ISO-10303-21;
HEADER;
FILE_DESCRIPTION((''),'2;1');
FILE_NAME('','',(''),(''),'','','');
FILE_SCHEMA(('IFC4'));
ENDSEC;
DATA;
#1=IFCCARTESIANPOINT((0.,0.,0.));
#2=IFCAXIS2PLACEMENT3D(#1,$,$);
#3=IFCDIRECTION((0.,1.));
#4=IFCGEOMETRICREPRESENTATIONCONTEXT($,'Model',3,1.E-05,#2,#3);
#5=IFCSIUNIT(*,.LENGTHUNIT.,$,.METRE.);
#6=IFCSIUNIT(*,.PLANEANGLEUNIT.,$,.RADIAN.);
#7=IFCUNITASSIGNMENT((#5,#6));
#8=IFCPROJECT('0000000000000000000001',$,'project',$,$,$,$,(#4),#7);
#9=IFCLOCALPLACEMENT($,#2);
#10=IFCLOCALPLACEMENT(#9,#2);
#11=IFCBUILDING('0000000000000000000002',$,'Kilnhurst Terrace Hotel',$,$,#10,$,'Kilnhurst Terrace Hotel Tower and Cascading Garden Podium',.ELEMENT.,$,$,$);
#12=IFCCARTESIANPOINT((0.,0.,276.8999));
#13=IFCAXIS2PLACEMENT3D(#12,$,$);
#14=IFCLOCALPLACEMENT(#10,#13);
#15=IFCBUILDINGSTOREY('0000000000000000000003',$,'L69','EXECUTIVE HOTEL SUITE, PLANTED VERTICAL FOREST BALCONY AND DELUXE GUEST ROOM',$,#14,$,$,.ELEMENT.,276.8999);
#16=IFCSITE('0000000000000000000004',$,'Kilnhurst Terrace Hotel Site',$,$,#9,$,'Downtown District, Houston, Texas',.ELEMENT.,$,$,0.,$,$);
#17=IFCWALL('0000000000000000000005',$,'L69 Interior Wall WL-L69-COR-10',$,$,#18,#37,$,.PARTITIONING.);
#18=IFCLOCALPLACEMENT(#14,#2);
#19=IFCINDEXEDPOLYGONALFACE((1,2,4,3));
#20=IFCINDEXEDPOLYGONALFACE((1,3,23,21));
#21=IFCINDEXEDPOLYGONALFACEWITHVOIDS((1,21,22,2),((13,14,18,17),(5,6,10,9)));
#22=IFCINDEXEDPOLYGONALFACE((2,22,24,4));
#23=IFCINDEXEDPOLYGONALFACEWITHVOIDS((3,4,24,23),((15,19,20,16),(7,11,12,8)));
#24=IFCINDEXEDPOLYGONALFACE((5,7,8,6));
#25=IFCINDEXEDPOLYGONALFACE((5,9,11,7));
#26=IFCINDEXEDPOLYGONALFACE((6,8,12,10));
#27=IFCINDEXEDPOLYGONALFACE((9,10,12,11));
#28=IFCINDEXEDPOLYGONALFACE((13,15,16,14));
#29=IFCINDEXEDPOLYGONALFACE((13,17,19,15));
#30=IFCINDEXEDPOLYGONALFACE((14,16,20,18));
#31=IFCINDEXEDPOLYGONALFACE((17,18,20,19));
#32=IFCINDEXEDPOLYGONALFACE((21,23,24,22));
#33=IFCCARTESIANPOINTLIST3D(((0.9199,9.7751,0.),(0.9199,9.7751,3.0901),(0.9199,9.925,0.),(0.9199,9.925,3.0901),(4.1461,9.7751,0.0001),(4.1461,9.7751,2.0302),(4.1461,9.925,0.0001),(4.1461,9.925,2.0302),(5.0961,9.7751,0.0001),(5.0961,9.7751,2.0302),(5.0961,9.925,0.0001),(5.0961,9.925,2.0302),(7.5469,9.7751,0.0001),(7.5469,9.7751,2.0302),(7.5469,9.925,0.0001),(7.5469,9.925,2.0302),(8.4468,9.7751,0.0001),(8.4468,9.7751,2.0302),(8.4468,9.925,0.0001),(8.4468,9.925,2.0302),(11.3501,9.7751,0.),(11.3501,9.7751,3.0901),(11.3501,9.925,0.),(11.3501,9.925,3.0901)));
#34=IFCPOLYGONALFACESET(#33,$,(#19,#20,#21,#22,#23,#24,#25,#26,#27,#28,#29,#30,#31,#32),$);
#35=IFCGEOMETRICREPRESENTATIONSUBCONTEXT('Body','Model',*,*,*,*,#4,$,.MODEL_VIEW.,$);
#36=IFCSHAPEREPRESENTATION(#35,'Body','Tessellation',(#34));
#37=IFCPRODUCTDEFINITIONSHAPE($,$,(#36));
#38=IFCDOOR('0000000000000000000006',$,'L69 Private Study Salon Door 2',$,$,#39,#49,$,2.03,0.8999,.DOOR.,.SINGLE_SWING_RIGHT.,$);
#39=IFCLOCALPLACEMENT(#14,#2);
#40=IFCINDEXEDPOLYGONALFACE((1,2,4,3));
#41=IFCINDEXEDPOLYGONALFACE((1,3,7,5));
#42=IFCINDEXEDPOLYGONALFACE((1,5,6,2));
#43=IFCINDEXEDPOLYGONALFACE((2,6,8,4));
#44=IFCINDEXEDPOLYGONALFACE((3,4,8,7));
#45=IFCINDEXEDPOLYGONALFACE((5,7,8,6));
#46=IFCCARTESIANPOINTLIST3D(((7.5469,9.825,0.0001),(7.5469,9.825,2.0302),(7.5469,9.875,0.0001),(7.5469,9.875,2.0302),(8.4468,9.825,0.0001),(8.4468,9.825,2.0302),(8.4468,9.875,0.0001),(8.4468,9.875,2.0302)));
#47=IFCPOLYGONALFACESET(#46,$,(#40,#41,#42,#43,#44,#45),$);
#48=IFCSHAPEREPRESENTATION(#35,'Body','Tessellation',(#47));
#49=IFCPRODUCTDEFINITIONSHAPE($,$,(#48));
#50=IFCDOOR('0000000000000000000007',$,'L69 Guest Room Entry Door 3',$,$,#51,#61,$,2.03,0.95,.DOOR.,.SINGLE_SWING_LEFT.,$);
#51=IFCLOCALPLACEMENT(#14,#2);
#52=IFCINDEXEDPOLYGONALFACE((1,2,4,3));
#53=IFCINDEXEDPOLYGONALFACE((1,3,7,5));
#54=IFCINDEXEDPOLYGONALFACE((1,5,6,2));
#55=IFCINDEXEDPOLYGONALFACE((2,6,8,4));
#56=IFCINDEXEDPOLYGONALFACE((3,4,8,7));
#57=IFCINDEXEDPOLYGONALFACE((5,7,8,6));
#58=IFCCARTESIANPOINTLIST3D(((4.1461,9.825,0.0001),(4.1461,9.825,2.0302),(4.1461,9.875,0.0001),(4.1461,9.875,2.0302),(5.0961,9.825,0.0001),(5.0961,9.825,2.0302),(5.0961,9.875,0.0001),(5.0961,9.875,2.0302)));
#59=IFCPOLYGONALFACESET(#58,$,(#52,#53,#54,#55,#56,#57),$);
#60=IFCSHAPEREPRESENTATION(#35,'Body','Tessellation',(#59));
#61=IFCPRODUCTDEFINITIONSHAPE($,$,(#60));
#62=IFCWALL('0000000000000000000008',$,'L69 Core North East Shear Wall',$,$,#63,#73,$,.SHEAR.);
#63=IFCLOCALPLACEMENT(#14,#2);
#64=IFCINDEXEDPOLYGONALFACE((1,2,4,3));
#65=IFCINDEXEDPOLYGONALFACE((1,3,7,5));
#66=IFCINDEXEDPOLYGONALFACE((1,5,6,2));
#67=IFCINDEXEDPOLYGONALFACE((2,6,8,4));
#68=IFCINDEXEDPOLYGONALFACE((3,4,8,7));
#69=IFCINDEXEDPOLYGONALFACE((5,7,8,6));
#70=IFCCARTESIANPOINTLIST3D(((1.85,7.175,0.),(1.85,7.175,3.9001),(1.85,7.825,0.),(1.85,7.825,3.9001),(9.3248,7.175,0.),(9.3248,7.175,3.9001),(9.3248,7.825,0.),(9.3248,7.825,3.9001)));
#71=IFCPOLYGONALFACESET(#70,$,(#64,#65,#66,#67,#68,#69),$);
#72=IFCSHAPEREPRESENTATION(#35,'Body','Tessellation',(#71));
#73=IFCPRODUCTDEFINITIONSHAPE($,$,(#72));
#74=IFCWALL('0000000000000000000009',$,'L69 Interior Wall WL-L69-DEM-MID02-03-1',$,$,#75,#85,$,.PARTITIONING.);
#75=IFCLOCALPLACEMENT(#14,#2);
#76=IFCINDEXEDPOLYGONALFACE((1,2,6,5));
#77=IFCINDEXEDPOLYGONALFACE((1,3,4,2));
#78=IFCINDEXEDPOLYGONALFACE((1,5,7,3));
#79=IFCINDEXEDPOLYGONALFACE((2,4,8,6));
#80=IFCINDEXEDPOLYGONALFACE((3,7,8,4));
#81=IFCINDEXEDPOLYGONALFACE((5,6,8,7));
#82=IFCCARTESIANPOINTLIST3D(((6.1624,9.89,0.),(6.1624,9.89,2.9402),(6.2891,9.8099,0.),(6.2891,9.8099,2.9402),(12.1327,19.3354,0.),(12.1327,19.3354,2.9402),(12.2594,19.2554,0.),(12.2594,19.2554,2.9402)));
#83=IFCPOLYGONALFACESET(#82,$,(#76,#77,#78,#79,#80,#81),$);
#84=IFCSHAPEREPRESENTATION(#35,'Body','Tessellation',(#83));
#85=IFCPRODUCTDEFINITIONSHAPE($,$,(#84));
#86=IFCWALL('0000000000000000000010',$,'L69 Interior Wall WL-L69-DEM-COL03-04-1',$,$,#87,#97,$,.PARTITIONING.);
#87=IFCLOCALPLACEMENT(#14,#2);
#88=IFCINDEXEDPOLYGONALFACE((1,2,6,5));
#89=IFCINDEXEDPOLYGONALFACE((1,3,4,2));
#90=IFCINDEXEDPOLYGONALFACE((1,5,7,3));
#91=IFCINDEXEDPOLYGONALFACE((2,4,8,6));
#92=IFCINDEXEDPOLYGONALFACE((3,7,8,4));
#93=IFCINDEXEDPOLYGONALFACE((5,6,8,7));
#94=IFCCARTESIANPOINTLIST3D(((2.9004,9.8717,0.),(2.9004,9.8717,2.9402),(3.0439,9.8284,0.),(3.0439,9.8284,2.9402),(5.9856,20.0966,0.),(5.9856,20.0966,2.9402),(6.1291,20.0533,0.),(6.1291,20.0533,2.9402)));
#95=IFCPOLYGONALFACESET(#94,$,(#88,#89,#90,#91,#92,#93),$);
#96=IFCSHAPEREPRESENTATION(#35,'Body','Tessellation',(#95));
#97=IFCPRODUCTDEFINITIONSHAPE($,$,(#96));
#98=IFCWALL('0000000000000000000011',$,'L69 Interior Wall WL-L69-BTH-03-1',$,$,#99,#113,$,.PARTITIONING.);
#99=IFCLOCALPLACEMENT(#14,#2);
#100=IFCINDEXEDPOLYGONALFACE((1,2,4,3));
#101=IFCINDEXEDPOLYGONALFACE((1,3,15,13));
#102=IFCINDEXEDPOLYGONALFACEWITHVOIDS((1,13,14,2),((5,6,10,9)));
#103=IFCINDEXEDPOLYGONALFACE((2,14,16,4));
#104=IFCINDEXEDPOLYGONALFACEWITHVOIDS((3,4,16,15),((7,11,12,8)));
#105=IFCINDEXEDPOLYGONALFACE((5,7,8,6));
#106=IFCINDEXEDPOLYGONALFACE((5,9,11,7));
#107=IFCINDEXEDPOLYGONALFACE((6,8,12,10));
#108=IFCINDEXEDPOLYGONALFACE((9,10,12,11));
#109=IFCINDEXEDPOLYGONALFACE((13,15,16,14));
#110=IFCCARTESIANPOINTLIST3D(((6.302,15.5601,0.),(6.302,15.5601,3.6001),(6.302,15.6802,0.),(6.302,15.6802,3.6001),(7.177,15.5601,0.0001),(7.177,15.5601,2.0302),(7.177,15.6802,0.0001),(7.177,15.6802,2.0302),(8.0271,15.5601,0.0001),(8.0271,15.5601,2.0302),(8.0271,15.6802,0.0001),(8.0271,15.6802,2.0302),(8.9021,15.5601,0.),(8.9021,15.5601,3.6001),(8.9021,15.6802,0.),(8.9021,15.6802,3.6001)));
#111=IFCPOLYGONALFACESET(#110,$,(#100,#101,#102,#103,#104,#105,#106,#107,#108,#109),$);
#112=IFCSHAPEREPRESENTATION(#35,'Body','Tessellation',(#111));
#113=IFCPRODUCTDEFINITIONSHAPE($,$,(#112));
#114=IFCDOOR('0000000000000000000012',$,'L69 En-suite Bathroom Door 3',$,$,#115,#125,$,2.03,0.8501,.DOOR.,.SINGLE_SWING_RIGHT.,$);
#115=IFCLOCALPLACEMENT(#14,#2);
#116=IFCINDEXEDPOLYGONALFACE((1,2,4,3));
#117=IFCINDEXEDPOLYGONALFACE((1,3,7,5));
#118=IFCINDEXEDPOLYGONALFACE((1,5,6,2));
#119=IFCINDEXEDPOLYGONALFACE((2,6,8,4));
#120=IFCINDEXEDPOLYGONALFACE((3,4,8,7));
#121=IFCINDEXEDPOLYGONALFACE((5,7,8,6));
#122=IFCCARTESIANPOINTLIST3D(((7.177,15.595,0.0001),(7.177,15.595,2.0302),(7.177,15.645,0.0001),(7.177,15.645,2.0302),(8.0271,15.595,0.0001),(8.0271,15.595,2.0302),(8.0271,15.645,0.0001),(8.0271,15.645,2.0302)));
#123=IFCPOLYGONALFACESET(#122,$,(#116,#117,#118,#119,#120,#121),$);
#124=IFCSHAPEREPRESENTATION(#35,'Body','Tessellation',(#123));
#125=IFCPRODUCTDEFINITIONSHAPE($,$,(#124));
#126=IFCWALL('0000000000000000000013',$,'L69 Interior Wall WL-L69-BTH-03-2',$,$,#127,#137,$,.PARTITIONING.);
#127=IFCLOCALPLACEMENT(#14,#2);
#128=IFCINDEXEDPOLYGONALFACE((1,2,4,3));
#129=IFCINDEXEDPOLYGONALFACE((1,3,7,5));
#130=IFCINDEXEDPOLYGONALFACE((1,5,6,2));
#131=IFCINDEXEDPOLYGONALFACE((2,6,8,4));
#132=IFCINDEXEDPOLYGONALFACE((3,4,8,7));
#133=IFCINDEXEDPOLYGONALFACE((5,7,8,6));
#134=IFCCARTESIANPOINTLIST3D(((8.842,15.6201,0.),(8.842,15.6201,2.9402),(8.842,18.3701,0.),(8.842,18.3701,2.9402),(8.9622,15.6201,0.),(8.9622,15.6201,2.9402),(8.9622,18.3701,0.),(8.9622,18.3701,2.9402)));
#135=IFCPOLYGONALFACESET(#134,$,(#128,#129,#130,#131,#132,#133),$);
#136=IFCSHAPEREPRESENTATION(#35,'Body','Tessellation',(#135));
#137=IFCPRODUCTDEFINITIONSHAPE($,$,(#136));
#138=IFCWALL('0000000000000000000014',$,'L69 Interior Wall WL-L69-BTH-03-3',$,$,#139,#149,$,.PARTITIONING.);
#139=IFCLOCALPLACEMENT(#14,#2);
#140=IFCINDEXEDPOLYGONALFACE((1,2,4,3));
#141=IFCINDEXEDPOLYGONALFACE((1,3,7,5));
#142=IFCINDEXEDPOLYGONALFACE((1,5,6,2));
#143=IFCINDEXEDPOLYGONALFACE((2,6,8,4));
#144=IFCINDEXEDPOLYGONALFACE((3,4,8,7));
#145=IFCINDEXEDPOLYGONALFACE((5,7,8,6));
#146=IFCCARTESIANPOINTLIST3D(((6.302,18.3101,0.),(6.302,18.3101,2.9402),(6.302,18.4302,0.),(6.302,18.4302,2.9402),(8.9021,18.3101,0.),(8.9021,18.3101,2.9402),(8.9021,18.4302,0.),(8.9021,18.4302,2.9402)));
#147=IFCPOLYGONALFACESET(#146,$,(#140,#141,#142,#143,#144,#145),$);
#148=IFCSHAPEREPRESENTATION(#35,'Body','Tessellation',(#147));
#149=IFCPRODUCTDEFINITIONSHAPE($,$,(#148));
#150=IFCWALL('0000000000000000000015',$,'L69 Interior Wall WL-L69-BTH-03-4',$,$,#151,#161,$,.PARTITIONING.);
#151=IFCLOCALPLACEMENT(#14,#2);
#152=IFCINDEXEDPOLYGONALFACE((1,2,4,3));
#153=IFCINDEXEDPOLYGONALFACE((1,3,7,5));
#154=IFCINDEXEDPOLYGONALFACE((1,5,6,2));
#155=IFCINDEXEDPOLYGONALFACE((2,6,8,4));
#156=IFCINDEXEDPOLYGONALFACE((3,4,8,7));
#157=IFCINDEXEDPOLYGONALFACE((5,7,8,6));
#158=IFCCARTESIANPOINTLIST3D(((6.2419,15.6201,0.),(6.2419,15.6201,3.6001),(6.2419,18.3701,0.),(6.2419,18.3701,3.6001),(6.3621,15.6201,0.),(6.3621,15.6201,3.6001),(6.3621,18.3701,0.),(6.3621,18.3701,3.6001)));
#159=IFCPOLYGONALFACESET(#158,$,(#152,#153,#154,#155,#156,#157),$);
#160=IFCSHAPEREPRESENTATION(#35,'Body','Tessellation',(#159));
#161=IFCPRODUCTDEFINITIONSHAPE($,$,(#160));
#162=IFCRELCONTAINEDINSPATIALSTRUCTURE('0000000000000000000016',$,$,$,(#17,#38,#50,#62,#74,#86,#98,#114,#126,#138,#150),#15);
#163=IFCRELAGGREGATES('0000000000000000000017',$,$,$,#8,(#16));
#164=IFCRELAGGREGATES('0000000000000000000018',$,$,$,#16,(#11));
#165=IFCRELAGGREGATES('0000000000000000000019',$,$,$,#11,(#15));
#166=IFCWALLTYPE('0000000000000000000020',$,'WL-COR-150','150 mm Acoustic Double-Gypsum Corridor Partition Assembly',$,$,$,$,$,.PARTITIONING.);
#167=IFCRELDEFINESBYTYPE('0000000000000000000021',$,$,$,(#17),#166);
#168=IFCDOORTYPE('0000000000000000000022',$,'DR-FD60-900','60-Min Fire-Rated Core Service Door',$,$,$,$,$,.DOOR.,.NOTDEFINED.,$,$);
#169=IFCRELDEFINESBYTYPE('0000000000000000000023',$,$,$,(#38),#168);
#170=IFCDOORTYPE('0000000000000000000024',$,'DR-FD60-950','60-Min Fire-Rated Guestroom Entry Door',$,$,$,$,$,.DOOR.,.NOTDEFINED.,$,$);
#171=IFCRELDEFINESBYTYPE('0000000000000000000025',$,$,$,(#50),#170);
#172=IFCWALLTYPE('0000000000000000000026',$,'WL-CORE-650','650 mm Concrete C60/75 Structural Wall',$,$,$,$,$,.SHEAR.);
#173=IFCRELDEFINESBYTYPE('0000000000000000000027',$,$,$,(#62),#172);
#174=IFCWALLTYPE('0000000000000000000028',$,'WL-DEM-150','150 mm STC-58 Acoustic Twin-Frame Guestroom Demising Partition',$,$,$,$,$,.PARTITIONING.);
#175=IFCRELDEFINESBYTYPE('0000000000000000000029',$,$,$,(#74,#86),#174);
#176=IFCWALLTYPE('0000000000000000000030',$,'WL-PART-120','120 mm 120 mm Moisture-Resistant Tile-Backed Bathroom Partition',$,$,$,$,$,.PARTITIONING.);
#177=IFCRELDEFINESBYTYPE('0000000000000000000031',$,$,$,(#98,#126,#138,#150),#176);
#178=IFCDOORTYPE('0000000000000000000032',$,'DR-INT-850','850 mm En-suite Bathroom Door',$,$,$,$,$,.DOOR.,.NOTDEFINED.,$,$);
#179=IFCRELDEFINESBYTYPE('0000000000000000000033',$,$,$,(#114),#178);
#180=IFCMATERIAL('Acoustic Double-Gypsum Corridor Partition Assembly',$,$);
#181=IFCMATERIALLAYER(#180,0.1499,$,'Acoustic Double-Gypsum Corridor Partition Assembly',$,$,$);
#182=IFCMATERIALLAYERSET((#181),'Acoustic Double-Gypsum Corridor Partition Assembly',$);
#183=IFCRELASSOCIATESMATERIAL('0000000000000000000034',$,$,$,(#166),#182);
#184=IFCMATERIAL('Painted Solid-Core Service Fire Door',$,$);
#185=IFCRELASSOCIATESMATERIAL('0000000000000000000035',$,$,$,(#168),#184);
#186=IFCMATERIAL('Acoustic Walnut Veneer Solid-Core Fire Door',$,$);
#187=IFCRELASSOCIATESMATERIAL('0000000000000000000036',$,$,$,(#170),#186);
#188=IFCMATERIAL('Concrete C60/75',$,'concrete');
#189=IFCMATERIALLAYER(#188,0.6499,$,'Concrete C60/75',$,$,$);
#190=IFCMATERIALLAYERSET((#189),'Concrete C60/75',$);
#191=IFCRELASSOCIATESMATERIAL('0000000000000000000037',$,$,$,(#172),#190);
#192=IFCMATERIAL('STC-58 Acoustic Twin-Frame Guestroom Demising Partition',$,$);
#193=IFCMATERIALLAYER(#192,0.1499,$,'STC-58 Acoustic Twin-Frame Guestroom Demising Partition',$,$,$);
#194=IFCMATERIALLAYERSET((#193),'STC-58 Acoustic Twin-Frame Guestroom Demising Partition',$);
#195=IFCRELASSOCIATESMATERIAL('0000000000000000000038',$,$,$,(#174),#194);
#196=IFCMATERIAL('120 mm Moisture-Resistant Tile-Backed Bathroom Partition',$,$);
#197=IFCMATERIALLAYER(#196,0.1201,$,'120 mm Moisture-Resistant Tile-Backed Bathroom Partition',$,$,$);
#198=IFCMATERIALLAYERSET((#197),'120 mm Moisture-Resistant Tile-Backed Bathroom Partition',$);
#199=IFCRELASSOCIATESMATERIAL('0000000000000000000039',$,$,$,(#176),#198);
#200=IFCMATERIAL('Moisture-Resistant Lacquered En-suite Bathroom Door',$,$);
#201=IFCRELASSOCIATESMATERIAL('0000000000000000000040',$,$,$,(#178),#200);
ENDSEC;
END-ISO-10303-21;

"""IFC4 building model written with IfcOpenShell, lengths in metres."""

from ifc_helpers import new_model, si_unit, direction, frame, frame_2d, origin, place, context, subcontext, project, spatial, rectangle, extrude, material, layer, layer_set, type_object, element, fill, save


model = new_model("IFC4")

# Units and contexts
model_context = context("Model", 3, precision=1e-05, world=origin(), true_north=direction((0.0, 1.0)))
body_context = subcontext(model_context, "Body", "Model", "MODEL_VIEW")
ifc_project = project(units=[si_unit("LENGTHUNIT", "METRE"), si_unit("PLANEANGLEUNIT", "RADIAN")], contexts=[model_context])

# Site, building, storey
site_placement = place(None, origin())
site = spatial("IfcSite", under=ifc_project, at=site_placement, Name="Kilnhurst Terrace Hotel Site", LongName="Downtown District, Houston, Texas", CompositionType="ELEMENT", RefElevation=0.0)
building_placement = place(site_placement, origin())
building = spatial("IfcBuilding", under=site, at=building_placement, Name="Kilnhurst Terrace Hotel", LongName="Kilnhurst Terrace Hotel Tower and Cascading Garden Podium", CompositionType="ELEMENT")
storey_placement = place(building_placement, frame((0.0, 0.0, 276.8999)))
storey = spatial("IfcBuildingStorey", under=building, at=storey_placement, Name="L69", Description="EXECUTIVE HOTEL SUITE, PLANTED VERTICAL FOREST BALCONY AND DELUXE GUEST ROOM", CompositionType="ELEMENT", Elevation=276.8999)

# Shared definitions
ifc_material_1 = material(Name="Concrete C60/75", Category="concrete")

# Shared definitions
ifc_material_2 = material(Name="Acoustic Double-Gypsum Corridor Partition Assembly")
ifc_layer_1 = layer(ifc_material_2, 0.1499, Name="Acoustic Double-Gypsum Corridor Partition Assembly")
ifc_layer_set_1 = layer_set([ifc_layer_1], Name="Acoustic Double-Gypsum Corridor Partition Assembly")
wall_type_1 = type_object("IfcWallType", Name="WL-COR-150", Description="150 mm Acoustic Double-Gypsum Corridor Partition Assembly", PredefinedType="PARTITIONING", material=ifc_layer_set_1)

# Wall, openings, doors
wall_1_placement = place(storey_placement, frame((0.9199, 9.8501, 0.0), z_axis=(0.0, 0.0, 1.0), x_axis=(1.0, 0.0, 0.0)))
wall_1 = element("IfcWall", 1, at=wall_1_placement, inside=storey, type_object=wall_type_1, Name="L69 Interior Wall WL-L69-COR-10", PredefinedType="PARTITIONING", context=body_context, shape_type="SweptSolid", body=[
    extrude(rectangle(XDim=10.4302, YDim=0.1499, at=frame_2d((5.2151, 0.0))), origin(), (0.0, 0.0, 1.0), 3.0901),
])
opening_1_placement = place(wall_1_placement, frame((6.627, 0.0, 0.0)))
opening_1 = element("IfcOpeningElement", 2, at=opening_1_placement, cuts=wall_1, PredefinedType="OPENING", context=body_context, shape_type="SweptSolid", body=[
    extrude(rectangle(XDim=0.8999, YDim=2.03, at=frame_2d((0.45, 1.0151))), frame((0.0, 0.085, 0.0), z_axis=(0.0, -1.0, 0.0), x_axis=(1.0, 0.0, 0.0)), (0.0, 0.0, 1.0), 0.1699),
])
opening_2_placement = place(wall_1_placement, frame((3.2261, 0.0, 0.0)))
opening_2 = element("IfcOpeningElement", 3, at=opening_2_placement, cuts=wall_1, PredefinedType="OPENING", context=body_context, shape_type="SweptSolid", body=[
    extrude(rectangle(XDim=0.95, YDim=2.03, at=frame_2d((0.4751, 1.0151))), frame((0.0, 0.085, 0.0), z_axis=(0.0, -1.0, 0.0), x_axis=(1.0, 0.0, 0.0)), (0.0, 0.0, 1.0), 0.1699),
])
ifc_material_3 = material(Name="Painted Solid-Core Service Fire Door")
door_type_1 = type_object("IfcDoorType", Name="DR-FD60-900", Description="60-Min Fire-Rated Core Service Door", OperationType="NOTDEFINED", PredefinedType="DOOR", material=ifc_material_3)
door_1_placement = place(opening_1_placement, origin())
door_1 = element("IfcDoor", 4, at=door_1_placement, inside=storey, type_object=door_type_1, Name="L69 Private Study Salon Door 2", OperationType="SINGLE_SWING_RIGHT", OverallHeight=2.03, OverallWidth=0.8999, PredefinedType="DOOR", context=body_context, shape_type="SweptSolid", body=[
    extrude(rectangle(XDim=0.8999, YDim=2.03, at=frame_2d((0.45, 1.0151))), frame((0.0, 0.0249, 0.0), z_axis=(0.0, -1.0, 0.0), x_axis=(1.0, 0.0, 0.0)), (0.0, 0.0, 1.0), 0.05),
])
fill(opening_1, door_1)
ifc_material_4 = material(Name="Acoustic Walnut Veneer Solid-Core Fire Door")
door_type_2 = type_object("IfcDoorType", Name="DR-FD60-950", Description="60-Min Fire-Rated Guestroom Entry Door", OperationType="NOTDEFINED", PredefinedType="DOOR", material=ifc_material_4)
door_2_placement = place(opening_2_placement, origin())
door_2 = element("IfcDoor", 5, at=door_2_placement, inside=storey, type_object=door_type_2, Name="L69 Guest Room Entry Door 3", OperationType="SINGLE_SWING_LEFT", OverallHeight=2.03, OverallWidth=0.95, PredefinedType="DOOR", context=body_context, shape_type="SweptSolid", body=[
    extrude(rectangle(XDim=0.95, YDim=2.03, at=frame_2d((0.4751, 1.0151))), frame((0.0, 0.0249, 0.0), z_axis=(0.0, -1.0, 0.0), x_axis=(1.0, 0.0, 0.0)), (0.0, 0.0, 1.0), 0.05),
])
fill(opening_2, door_2)

# Walls
ifc_layer_2 = layer(ifc_material_1, 0.6499, Name="Concrete C60/75")
ifc_layer_set_2 = layer_set([ifc_layer_2], Name="Concrete C60/75")
wall_type_2 = type_object("IfcWallType", Name="WL-CORE-650", Description="650 mm Concrete C60/75 Structural Wall", PredefinedType="SHEAR", material=ifc_layer_set_2)
wall_2_placement = place(storey_placement, frame((1.8501, 7.5, 0.0), z_axis=(0.0, 0.0, 1.0), x_axis=(1.0, 0.0, 0.0)))
element("IfcWall", 6, at=wall_2_placement, inside=storey, type_object=wall_type_2, Name="L69 Core North East Shear Wall", PredefinedType="SHEAR", context=body_context, shape_type="SweptSolid", body=[
    extrude(rectangle(XDim=7.4749, YDim=0.6499, at=frame_2d((3.7373, 0.0))), origin(), (0.0, 0.0, 1.0), 3.9001),
])
ifc_material_5 = material(Name="STC-58 Acoustic Twin-Frame Guestroom Demising Partition")
ifc_layer_3 = layer(ifc_material_5, 0.1499, Name="STC-58 Acoustic Twin-Frame Guestroom Demising Partition")
ifc_layer_set_3 = layer_set([ifc_layer_3], Name="STC-58 Acoustic Twin-Frame Guestroom Demising Partition")
wall_type_3 = type_object("IfcWallType", Name="WL-DEM-150", Description="150 mm STC-58 Acoustic Twin-Frame Guestroom Demising Partition", PredefinedType="PARTITIONING", material=ifc_layer_set_3)
wall_3_placement = place(storey_placement, frame((6.2258, 9.8501, 0.0), z_axis=(0.0, 0.0, 1.0), x_axis=(0.534297, 0.845297, 0.0)))
element("IfcWall", 7, at=wall_3_placement, inside=storey, type_object=wall_type_3, Name="L69 Interior Wall WL-L69-DEM-MID02-03-1", PredefinedType="PARTITIONING", context=body_context, shape_type="SweptSolid", body=[
    extrude(rectangle(XDim=11.1741, YDim=0.1499, at=frame_2d((5.5869, 0.0))), origin(), (0.0, 0.0, 1.0), 2.9402),
])
wall_4_placement = place(storey_placement, frame((2.9722, 9.8501, 0.0), z_axis=(0.0, 0.0, 1.0), x_axis=(0.288872, 0.957368, 0.0)))
element("IfcWall", 8, at=wall_4_placement, inside=storey, type_object=wall_type_3, Name="L69 Interior Wall WL-L69-DEM-COL03-04-1", PredefinedType="PARTITIONING", context=body_context, shape_type="SweptSolid", body=[
    extrude(rectangle(XDim=10.6802, YDim=0.1499, at=frame_2d((5.3401, 0.0))), origin(), (0.0, 0.0, 1.0), 2.9402),
])

# Wall, opening, door
ifc_material_6 = material(Name="120 mm Moisture-Resistant Tile-Backed Bathroom Partition")
ifc_layer_4 = layer(ifc_material_6, 0.1201, Name="120 mm Moisture-Resistant Tile-Backed Bathroom Partition")
ifc_layer_set_4 = layer_set([ifc_layer_4], Name="120 mm Moisture-Resistant Tile-Backed Bathroom Partition")
wall_type_4 = type_object("IfcWallType", Name="WL-PART-120", Description="120 mm 120 mm Moisture-Resistant Tile-Backed Bathroom Partition", PredefinedType="PARTITIONING", material=ifc_layer_set_4)
wall_5_placement = place(storey_placement, frame((6.302, 15.6201, 0.0), z_axis=(0.0, 0.0, 1.0), x_axis=(1.0, 0.0, 0.0)))
wall_5 = element("IfcWall", 9, at=wall_5_placement, inside=storey, type_object=wall_type_4, Name="L69 Interior Wall WL-L69-BTH-03-1", PredefinedType="PARTITIONING", context=body_context, shape_type="SweptSolid", body=[
    extrude(rectangle(XDim=2.6001, YDim=0.1201, at=frame_2d((1.3, 0.0))), origin(), (0.0, 0.0, 1.0), 3.6001),
])
opening_3_placement = place(wall_5_placement, frame((0.875, 0.0, 0.0)))
opening_3 = element("IfcOpeningElement", 10, at=opening_3_placement, cuts=wall_5, PredefinedType="OPENING", context=body_context, shape_type="SweptSolid", body=[
    extrude(rectangle(XDim=0.8501, YDim=2.03, at=frame_2d((0.425, 1.0151))), frame((0.0, 0.0701, 0.0), z_axis=(0.0, -1.0, 0.0), x_axis=(1.0, 0.0, 0.0)), (0.0, 0.0, 1.0), 0.1401),
])
ifc_material_7 = material(Name="Moisture-Resistant Lacquered En-suite Bathroom Door")
door_type_3 = type_object("IfcDoorType", Name="DR-INT-850", Description="850 mm En-suite Bathroom Door", OperationType="NOTDEFINED", PredefinedType="DOOR", material=ifc_material_7)
door_3_placement = place(opening_3_placement, origin())
door_3 = element("IfcDoor", 11, at=door_3_placement, inside=storey, type_object=door_type_3, Name="L69 En-suite Bathroom Door 3", OperationType="SINGLE_SWING_RIGHT", OverallHeight=2.03, OverallWidth=0.8501, PredefinedType="DOOR", context=body_context, shape_type="SweptSolid", body=[
    extrude(rectangle(XDim=0.8501, YDim=2.03, at=frame_2d((0.425, 1.0151))), frame((0.0, 0.0249, 0.0), z_axis=(0.0, -1.0, 0.0), x_axis=(1.0, 0.0, 0.0)), (0.0, 0.0, 1.0), 0.05),
])
fill(opening_3, door_3)

# Walls
wall_6_placement = place(storey_placement, frame((8.9021, 15.6201, 0.0), z_axis=(0.0, 0.0, 1.0), x_axis=(0.0, 1.0, 0.0)))
element("IfcWall", 12, at=wall_6_placement, inside=storey, type_object=wall_type_4, Name="L69 Interior Wall WL-L69-BTH-03-2", PredefinedType="PARTITIONING", context=body_context, shape_type="SweptSolid", body=[
    extrude(rectangle(XDim=2.75, YDim=0.1201, at=frame_2d((1.375, 0.0))), origin(), (0.0, 0.0, 1.0), 2.9402),
])
wall_7_placement = place(storey_placement, frame((8.9021, 18.3701, 0.0), z_axis=(0.0, 0.0, 1.0), x_axis=(-1.0, 0.0, 0.0)))
element("IfcWall", 13, at=wall_7_placement, inside=storey, type_object=wall_type_4, Name="L69 Interior Wall WL-L69-BTH-03-3", PredefinedType="PARTITIONING", context=body_context, shape_type="SweptSolid", body=[
    extrude(rectangle(XDim=2.6001, YDim=0.1201, at=frame_2d((1.3, 0.0))), origin(), (0.0, 0.0, 1.0), 2.9402),
])
wall_8_placement = place(storey_placement, frame((6.302, 18.3701, 0.0), z_axis=(0.0, 0.0, 1.0), x_axis=(0.0, -1.0, 0.0)))
element("IfcWall", 14, at=wall_8_placement, inside=storey, type_object=wall_type_4, Name="L69 Interior Wall WL-L69-BTH-03-4", PredefinedType="PARTITIONING", context=body_context, shape_type="SweptSolid", body=[
    extrude(rectangle(XDim=2.75, YDim=0.1201, at=frame_2d((1.375, 0.0))), origin(), (0.0, 0.0, 1.0), 3.6001),
])

save(model, "model.ifc")
